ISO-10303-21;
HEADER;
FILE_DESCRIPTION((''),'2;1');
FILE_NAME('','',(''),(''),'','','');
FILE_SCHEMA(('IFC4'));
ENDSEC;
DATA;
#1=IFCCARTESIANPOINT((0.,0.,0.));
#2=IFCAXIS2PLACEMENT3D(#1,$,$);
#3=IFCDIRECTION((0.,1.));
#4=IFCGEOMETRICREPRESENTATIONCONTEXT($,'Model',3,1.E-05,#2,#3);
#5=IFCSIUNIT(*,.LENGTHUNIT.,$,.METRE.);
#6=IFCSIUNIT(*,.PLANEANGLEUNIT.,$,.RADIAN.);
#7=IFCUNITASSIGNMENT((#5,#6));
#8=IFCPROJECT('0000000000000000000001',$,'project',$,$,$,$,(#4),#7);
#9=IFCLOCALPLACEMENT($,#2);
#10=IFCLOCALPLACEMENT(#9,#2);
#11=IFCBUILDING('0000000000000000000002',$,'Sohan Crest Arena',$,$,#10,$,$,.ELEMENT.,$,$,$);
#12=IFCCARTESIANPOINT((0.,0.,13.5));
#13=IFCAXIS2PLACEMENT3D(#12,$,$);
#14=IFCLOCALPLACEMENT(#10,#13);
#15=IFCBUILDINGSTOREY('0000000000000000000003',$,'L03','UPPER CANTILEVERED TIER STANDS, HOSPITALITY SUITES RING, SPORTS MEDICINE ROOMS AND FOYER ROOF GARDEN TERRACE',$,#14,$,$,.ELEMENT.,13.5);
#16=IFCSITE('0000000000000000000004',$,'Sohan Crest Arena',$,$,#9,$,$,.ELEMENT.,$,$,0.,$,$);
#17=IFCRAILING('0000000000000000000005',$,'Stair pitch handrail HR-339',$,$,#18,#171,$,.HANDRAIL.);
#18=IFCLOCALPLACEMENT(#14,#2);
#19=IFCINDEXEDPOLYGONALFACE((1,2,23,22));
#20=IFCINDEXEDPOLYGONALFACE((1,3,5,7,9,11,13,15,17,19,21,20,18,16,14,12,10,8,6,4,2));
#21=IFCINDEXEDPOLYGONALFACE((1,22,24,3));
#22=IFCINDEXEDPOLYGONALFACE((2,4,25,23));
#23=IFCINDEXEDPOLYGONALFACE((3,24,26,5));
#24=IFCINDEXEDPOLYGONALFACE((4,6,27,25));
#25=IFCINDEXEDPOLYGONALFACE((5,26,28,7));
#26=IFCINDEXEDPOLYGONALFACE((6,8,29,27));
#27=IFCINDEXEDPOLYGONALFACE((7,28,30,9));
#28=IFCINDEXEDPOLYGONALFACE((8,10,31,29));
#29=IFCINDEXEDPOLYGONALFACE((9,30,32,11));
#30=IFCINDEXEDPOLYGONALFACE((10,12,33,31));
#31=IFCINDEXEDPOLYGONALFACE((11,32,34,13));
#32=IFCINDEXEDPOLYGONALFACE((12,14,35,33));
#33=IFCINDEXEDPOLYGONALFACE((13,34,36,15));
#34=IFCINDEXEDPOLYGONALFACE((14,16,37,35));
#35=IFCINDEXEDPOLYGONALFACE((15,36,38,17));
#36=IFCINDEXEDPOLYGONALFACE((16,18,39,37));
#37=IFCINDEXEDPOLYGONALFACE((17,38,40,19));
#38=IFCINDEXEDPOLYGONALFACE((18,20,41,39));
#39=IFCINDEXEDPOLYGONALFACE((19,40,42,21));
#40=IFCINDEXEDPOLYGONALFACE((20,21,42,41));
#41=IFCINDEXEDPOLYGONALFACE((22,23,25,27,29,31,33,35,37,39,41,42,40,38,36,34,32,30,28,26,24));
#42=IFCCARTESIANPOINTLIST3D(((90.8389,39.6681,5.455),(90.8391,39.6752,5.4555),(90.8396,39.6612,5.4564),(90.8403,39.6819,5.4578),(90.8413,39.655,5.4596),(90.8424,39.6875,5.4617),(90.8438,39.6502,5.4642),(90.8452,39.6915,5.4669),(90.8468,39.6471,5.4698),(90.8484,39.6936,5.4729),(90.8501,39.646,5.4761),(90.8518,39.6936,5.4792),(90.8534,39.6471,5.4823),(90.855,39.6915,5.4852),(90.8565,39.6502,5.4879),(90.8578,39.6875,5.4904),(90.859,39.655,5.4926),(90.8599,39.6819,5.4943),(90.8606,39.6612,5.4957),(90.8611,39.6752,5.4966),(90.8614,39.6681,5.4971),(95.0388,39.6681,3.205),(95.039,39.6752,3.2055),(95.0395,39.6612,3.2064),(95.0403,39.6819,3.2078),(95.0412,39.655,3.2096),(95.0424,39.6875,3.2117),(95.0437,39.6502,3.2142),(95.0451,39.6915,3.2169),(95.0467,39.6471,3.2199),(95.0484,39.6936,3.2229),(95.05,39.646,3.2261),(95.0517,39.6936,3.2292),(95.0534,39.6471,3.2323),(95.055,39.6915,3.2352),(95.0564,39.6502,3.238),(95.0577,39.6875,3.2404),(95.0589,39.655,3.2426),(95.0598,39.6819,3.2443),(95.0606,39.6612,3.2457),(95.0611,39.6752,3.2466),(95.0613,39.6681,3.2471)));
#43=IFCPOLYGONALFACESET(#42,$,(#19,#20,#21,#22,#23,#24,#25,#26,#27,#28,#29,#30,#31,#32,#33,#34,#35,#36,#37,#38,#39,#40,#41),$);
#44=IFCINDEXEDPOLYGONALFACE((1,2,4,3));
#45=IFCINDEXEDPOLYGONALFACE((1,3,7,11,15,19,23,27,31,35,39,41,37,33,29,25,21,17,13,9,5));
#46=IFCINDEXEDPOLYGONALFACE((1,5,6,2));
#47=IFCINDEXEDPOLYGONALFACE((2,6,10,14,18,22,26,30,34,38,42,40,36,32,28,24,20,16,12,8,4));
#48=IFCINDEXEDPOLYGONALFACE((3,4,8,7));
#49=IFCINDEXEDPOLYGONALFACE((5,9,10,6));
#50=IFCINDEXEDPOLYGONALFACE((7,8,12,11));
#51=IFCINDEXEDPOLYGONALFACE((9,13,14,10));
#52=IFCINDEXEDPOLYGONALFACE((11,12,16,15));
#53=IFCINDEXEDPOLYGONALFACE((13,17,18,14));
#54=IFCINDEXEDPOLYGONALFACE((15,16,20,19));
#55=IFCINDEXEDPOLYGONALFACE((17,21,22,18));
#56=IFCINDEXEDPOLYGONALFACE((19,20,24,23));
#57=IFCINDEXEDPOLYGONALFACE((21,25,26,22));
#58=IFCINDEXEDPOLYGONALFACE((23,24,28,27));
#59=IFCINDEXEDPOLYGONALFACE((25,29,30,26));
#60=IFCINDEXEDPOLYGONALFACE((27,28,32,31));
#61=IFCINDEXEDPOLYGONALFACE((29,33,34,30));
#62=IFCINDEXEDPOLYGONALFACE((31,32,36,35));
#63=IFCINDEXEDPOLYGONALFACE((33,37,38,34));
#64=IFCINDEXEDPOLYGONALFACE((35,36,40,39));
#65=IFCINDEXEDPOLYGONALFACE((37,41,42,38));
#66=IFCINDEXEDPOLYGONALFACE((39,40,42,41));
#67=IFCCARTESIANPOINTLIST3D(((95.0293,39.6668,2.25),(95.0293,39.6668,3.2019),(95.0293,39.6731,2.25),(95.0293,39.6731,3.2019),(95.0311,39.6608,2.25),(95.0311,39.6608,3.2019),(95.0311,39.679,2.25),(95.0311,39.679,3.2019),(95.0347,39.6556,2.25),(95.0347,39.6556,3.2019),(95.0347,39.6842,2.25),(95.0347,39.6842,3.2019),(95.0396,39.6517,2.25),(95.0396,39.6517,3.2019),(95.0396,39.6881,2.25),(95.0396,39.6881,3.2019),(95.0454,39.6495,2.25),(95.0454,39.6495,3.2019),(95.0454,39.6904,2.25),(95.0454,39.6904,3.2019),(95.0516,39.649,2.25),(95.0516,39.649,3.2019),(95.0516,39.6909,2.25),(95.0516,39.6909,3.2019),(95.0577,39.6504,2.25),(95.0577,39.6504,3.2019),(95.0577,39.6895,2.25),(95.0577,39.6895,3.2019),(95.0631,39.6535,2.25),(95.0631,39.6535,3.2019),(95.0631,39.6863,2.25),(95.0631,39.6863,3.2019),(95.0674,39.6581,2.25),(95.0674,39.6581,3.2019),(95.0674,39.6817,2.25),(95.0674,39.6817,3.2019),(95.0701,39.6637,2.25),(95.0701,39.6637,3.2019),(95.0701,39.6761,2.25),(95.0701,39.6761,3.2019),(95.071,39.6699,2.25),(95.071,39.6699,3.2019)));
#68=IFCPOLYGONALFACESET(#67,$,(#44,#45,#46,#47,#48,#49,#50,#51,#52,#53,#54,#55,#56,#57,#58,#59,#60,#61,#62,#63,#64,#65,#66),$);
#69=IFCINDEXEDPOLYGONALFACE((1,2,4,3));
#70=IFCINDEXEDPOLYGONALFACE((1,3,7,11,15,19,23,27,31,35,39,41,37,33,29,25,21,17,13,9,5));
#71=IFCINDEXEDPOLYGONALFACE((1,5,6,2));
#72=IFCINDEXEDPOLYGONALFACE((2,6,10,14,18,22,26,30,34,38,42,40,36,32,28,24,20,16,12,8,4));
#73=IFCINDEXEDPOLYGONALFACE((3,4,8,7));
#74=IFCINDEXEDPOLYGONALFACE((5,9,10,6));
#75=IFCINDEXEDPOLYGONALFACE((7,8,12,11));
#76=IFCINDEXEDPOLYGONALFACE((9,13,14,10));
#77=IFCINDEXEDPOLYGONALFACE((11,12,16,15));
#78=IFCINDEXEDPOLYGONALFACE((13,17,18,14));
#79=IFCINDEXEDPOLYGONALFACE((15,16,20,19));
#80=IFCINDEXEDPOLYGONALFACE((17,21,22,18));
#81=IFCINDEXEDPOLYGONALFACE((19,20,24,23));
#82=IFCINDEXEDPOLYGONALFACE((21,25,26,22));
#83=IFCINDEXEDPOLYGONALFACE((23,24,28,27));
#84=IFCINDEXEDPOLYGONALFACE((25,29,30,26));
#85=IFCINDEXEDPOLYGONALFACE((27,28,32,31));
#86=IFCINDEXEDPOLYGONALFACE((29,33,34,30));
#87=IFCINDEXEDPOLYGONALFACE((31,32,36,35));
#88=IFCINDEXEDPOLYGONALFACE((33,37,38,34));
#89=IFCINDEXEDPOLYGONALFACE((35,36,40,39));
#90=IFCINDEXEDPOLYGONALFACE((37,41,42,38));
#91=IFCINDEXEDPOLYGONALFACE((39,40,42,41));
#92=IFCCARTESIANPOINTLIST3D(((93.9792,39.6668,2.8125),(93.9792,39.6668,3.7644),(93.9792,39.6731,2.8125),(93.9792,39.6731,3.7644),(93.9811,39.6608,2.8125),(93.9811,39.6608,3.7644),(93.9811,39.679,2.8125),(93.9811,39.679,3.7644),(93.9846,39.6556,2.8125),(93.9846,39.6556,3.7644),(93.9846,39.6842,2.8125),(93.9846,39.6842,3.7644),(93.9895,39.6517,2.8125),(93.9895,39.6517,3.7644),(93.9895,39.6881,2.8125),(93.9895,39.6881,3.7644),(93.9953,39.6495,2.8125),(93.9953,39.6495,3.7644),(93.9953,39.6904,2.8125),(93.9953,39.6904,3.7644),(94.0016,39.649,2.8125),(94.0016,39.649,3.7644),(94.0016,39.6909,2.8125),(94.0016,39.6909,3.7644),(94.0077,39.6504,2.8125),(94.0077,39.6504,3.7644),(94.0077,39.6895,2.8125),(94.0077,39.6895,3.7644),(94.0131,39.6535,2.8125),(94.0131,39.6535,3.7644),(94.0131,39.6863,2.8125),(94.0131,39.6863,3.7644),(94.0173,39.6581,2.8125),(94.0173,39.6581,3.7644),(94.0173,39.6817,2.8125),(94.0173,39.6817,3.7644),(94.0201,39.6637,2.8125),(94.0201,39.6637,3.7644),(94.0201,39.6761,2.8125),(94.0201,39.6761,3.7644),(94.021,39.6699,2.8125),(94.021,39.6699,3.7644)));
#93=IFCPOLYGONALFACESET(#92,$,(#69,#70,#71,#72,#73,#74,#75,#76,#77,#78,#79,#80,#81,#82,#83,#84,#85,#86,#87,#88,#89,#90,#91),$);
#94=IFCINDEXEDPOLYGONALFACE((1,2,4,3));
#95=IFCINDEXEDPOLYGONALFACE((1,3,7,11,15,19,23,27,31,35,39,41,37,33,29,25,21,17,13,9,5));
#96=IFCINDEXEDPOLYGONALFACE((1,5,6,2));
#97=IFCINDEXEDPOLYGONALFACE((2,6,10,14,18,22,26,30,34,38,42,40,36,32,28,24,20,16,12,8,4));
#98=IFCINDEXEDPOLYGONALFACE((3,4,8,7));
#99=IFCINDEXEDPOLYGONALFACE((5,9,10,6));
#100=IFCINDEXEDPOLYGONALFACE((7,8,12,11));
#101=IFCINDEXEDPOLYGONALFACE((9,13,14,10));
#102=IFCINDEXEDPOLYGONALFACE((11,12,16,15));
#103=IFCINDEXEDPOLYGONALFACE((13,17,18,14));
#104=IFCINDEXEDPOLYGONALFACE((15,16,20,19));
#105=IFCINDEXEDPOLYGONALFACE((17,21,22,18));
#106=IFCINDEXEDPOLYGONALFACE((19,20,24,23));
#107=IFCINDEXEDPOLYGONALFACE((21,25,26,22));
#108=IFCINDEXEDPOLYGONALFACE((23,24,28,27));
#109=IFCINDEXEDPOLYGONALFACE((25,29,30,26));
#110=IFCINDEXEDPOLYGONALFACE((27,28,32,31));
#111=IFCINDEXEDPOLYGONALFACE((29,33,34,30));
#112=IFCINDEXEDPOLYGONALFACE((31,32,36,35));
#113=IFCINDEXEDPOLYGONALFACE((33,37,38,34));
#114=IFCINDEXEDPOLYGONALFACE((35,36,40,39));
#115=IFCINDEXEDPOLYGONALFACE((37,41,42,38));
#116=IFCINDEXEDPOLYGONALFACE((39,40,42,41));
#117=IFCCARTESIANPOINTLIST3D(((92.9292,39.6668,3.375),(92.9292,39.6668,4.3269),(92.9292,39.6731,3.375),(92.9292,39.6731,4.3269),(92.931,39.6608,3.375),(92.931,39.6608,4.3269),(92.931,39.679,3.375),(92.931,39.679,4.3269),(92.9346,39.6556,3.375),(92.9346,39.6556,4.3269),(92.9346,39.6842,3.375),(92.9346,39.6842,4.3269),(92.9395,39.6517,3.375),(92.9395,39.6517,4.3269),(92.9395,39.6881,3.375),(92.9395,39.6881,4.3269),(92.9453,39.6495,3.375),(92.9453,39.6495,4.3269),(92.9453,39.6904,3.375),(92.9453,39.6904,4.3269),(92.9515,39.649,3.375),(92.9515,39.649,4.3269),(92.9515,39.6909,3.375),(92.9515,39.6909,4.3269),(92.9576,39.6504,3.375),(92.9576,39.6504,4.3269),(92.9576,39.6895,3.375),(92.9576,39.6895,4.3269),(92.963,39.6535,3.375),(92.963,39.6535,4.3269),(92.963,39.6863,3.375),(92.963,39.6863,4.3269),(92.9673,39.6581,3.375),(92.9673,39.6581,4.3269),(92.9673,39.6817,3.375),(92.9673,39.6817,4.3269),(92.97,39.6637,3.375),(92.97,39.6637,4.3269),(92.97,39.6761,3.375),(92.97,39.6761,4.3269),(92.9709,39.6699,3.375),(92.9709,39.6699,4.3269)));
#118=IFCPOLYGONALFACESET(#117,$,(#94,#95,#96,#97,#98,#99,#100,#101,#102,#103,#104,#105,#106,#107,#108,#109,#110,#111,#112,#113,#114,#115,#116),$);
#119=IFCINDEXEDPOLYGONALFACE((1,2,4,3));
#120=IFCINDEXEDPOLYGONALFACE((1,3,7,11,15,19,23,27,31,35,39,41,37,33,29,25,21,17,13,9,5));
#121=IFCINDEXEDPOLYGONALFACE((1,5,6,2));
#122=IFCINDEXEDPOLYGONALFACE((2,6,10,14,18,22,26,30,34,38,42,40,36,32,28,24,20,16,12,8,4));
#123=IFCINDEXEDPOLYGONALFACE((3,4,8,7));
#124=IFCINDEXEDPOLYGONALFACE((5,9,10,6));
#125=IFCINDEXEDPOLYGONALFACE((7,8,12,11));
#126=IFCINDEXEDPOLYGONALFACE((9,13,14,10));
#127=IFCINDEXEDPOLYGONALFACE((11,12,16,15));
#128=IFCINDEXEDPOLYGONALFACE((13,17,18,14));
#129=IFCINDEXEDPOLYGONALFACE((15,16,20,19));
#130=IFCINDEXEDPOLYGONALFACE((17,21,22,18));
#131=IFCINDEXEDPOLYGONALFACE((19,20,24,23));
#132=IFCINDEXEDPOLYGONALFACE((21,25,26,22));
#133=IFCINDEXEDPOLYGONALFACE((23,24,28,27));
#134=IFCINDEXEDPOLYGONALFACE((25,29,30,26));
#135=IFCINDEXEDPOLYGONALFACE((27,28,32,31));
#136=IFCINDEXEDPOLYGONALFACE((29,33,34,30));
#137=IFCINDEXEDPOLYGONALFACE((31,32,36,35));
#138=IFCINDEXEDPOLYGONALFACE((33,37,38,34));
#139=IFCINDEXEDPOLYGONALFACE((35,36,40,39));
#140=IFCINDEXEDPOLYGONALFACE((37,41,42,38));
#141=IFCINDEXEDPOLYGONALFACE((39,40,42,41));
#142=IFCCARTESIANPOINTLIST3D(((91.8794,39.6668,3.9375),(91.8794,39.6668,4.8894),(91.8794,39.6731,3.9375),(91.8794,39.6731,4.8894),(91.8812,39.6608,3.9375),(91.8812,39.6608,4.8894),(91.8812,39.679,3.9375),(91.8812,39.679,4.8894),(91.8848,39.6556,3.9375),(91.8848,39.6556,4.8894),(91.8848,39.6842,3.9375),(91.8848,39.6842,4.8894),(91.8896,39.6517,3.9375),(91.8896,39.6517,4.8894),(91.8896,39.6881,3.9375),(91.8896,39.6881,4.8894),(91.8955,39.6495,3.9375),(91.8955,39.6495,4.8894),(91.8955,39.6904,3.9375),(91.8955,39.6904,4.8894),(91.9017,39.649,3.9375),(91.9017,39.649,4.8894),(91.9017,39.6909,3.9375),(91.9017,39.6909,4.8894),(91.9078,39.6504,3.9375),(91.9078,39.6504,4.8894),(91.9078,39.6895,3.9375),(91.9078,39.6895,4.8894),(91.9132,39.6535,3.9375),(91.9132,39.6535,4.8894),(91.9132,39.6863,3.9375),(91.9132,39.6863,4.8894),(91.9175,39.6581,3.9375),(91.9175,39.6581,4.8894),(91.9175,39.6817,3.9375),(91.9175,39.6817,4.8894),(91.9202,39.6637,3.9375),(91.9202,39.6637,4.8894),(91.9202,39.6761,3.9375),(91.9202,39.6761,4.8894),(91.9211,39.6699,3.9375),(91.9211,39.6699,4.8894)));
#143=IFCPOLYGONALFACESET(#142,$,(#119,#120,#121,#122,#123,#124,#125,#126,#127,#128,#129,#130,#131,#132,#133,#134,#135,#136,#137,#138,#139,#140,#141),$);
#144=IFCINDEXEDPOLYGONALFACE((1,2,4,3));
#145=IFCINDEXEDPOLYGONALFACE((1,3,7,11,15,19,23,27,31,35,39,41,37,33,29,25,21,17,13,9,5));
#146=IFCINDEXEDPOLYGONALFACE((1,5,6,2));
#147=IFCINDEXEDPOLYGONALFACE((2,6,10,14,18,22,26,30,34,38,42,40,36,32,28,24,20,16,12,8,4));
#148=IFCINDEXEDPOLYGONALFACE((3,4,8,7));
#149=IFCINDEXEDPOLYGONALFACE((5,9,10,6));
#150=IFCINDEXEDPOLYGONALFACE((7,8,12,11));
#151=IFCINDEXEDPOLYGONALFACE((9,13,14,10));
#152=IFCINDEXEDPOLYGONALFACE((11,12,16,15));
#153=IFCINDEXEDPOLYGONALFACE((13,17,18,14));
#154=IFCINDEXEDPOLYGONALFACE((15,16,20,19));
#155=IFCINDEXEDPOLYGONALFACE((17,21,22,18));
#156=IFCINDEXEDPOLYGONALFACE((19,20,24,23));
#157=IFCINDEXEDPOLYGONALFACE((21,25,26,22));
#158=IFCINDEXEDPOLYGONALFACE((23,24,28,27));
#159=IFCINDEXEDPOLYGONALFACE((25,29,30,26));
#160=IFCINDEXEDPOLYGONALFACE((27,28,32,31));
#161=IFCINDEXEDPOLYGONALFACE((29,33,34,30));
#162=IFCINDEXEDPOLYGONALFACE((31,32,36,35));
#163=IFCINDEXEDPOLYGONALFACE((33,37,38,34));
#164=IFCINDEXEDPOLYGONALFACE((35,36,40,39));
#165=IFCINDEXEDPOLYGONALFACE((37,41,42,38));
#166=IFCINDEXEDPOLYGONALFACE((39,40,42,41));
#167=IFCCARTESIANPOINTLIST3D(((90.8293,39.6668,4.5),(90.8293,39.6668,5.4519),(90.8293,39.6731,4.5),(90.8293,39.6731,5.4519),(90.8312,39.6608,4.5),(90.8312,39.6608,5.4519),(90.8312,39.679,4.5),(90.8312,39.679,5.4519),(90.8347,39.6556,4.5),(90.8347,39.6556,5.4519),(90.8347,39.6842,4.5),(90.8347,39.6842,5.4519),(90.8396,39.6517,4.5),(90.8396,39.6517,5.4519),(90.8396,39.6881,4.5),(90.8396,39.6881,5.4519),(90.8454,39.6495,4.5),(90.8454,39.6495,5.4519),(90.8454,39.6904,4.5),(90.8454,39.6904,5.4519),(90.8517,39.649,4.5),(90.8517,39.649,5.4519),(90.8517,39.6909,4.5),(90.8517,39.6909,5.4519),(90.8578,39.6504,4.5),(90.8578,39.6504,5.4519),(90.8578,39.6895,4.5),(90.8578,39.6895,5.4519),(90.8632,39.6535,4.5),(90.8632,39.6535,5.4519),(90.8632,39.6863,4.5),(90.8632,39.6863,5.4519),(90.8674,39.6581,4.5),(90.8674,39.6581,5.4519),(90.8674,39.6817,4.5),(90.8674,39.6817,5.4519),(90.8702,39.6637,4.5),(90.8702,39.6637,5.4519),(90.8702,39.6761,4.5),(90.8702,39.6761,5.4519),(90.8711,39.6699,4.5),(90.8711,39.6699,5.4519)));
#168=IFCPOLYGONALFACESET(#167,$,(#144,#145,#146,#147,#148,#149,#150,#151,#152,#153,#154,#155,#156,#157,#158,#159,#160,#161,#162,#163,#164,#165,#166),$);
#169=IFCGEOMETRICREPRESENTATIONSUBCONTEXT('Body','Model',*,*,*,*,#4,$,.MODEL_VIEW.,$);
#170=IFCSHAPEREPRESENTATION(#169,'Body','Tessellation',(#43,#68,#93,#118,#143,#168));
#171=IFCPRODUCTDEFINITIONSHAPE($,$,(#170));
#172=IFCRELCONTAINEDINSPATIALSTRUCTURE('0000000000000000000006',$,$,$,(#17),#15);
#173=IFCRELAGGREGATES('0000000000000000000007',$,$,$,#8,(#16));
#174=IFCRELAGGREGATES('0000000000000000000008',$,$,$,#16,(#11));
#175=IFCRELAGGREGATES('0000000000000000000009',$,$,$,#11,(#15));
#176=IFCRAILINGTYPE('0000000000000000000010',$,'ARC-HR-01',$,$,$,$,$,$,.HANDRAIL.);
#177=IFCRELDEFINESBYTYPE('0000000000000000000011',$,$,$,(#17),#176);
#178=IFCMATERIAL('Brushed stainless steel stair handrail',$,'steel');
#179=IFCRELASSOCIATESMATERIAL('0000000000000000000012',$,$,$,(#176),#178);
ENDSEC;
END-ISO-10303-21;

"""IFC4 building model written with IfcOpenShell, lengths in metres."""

from ifc_helpers import new_model, si_unit, direction, frame, origin, origin_2d, place, context, subcontext, project, spatial, circle, extrude, material, type_object, element, save


model = new_model("IFC4")

# Units and contexts
model_context = context("Model", 3, precision=1e-05, world=origin(), true_north=direction((0.0, 1.0)))
body_context = subcontext(model_context, "Body", "Model", "MODEL_VIEW")
ifc_project = project(units=[si_unit("LENGTHUNIT", "METRE"), si_unit("PLANEANGLEUNIT", "RADIAN")], contexts=[model_context])

# Site, building, storey
site_placement = place(None, origin())
site = spatial("IfcSite", under=ifc_project, at=site_placement, Name="Sohan Crest Arena", CompositionType="ELEMENT", RefElevation=0.0)
building_placement = place(site_placement, origin())
building = spatial("IfcBuilding", under=site, at=building_placement, Name="Sohan Crest Arena", CompositionType="ELEMENT")
storey_placement = place(building_placement, frame((0.0, 0.0, 13.5)))
storey = spatial("IfcBuildingStorey", under=building, at=storey_placement, Name="L03", Description="UPPER CANTILEVERED TIER STANDS, HOSPITALITY SUITES RING, SPORTS MEDICINE ROOMS AND FOYER ROOF GARDEN TERRACE", CompositionType="ELEMENT", Elevation=13.5)

# Railing
ifc_material_1 = material(Name="Brushed stainless steel stair handrail", Category="steel")
railing_type_1 = type_object("IfcRailingType", Name="ARC-HR-01", PredefinedType="HANDRAIL", material=ifc_material_1)
railing_1_placement = place(storey_placement, frame((95.05, 39.6699, 2.25)))
element("IfcRailing", 1, at=railing_1_placement, inside=storey, type_object=railing_type_1, Name="Stair pitch handrail HR-339", PredefinedType="HANDRAIL", context=body_context, shape_type="SweptSolid", body=[
    extrude(circle(Radius=0.0239, at=origin_2d()), frame((0.0, 0.0, 0.9761), z_axis=(-0.881478, 0.0, 0.472226), x_axis=(0.0, -1.0, 0.0)), (0.0, 0.0, 1.0), 4.7646),
    extrude(circle(Radius=0.021, at=origin_2d()), origin(), (0.0, 0.0, 1.0), 0.9519),
    extrude(circle(Radius=0.021, at=origin_2d()), frame((-1.05, 0.0, 0.5625)), (0.0, 0.0, 1.0), 0.9519),
    extrude(circle(Radius=0.021, at=origin_2d()), frame((-2.1001, 0.0, 1.125)), (0.0, 0.0, 1.0), 0.9519),
    extrude(circle(Radius=0.021, at=origin_2d()), frame((-3.1499, 0.0, 1.6875)), (0.0, 0.0, 1.0), 0.9519),
    extrude(circle(Radius=0.021, at=origin_2d()), frame((-4.2, 0.0, 2.25)), (0.0, 0.0, 1.0), 0.9519),
])

save(model, "model.ifc")
